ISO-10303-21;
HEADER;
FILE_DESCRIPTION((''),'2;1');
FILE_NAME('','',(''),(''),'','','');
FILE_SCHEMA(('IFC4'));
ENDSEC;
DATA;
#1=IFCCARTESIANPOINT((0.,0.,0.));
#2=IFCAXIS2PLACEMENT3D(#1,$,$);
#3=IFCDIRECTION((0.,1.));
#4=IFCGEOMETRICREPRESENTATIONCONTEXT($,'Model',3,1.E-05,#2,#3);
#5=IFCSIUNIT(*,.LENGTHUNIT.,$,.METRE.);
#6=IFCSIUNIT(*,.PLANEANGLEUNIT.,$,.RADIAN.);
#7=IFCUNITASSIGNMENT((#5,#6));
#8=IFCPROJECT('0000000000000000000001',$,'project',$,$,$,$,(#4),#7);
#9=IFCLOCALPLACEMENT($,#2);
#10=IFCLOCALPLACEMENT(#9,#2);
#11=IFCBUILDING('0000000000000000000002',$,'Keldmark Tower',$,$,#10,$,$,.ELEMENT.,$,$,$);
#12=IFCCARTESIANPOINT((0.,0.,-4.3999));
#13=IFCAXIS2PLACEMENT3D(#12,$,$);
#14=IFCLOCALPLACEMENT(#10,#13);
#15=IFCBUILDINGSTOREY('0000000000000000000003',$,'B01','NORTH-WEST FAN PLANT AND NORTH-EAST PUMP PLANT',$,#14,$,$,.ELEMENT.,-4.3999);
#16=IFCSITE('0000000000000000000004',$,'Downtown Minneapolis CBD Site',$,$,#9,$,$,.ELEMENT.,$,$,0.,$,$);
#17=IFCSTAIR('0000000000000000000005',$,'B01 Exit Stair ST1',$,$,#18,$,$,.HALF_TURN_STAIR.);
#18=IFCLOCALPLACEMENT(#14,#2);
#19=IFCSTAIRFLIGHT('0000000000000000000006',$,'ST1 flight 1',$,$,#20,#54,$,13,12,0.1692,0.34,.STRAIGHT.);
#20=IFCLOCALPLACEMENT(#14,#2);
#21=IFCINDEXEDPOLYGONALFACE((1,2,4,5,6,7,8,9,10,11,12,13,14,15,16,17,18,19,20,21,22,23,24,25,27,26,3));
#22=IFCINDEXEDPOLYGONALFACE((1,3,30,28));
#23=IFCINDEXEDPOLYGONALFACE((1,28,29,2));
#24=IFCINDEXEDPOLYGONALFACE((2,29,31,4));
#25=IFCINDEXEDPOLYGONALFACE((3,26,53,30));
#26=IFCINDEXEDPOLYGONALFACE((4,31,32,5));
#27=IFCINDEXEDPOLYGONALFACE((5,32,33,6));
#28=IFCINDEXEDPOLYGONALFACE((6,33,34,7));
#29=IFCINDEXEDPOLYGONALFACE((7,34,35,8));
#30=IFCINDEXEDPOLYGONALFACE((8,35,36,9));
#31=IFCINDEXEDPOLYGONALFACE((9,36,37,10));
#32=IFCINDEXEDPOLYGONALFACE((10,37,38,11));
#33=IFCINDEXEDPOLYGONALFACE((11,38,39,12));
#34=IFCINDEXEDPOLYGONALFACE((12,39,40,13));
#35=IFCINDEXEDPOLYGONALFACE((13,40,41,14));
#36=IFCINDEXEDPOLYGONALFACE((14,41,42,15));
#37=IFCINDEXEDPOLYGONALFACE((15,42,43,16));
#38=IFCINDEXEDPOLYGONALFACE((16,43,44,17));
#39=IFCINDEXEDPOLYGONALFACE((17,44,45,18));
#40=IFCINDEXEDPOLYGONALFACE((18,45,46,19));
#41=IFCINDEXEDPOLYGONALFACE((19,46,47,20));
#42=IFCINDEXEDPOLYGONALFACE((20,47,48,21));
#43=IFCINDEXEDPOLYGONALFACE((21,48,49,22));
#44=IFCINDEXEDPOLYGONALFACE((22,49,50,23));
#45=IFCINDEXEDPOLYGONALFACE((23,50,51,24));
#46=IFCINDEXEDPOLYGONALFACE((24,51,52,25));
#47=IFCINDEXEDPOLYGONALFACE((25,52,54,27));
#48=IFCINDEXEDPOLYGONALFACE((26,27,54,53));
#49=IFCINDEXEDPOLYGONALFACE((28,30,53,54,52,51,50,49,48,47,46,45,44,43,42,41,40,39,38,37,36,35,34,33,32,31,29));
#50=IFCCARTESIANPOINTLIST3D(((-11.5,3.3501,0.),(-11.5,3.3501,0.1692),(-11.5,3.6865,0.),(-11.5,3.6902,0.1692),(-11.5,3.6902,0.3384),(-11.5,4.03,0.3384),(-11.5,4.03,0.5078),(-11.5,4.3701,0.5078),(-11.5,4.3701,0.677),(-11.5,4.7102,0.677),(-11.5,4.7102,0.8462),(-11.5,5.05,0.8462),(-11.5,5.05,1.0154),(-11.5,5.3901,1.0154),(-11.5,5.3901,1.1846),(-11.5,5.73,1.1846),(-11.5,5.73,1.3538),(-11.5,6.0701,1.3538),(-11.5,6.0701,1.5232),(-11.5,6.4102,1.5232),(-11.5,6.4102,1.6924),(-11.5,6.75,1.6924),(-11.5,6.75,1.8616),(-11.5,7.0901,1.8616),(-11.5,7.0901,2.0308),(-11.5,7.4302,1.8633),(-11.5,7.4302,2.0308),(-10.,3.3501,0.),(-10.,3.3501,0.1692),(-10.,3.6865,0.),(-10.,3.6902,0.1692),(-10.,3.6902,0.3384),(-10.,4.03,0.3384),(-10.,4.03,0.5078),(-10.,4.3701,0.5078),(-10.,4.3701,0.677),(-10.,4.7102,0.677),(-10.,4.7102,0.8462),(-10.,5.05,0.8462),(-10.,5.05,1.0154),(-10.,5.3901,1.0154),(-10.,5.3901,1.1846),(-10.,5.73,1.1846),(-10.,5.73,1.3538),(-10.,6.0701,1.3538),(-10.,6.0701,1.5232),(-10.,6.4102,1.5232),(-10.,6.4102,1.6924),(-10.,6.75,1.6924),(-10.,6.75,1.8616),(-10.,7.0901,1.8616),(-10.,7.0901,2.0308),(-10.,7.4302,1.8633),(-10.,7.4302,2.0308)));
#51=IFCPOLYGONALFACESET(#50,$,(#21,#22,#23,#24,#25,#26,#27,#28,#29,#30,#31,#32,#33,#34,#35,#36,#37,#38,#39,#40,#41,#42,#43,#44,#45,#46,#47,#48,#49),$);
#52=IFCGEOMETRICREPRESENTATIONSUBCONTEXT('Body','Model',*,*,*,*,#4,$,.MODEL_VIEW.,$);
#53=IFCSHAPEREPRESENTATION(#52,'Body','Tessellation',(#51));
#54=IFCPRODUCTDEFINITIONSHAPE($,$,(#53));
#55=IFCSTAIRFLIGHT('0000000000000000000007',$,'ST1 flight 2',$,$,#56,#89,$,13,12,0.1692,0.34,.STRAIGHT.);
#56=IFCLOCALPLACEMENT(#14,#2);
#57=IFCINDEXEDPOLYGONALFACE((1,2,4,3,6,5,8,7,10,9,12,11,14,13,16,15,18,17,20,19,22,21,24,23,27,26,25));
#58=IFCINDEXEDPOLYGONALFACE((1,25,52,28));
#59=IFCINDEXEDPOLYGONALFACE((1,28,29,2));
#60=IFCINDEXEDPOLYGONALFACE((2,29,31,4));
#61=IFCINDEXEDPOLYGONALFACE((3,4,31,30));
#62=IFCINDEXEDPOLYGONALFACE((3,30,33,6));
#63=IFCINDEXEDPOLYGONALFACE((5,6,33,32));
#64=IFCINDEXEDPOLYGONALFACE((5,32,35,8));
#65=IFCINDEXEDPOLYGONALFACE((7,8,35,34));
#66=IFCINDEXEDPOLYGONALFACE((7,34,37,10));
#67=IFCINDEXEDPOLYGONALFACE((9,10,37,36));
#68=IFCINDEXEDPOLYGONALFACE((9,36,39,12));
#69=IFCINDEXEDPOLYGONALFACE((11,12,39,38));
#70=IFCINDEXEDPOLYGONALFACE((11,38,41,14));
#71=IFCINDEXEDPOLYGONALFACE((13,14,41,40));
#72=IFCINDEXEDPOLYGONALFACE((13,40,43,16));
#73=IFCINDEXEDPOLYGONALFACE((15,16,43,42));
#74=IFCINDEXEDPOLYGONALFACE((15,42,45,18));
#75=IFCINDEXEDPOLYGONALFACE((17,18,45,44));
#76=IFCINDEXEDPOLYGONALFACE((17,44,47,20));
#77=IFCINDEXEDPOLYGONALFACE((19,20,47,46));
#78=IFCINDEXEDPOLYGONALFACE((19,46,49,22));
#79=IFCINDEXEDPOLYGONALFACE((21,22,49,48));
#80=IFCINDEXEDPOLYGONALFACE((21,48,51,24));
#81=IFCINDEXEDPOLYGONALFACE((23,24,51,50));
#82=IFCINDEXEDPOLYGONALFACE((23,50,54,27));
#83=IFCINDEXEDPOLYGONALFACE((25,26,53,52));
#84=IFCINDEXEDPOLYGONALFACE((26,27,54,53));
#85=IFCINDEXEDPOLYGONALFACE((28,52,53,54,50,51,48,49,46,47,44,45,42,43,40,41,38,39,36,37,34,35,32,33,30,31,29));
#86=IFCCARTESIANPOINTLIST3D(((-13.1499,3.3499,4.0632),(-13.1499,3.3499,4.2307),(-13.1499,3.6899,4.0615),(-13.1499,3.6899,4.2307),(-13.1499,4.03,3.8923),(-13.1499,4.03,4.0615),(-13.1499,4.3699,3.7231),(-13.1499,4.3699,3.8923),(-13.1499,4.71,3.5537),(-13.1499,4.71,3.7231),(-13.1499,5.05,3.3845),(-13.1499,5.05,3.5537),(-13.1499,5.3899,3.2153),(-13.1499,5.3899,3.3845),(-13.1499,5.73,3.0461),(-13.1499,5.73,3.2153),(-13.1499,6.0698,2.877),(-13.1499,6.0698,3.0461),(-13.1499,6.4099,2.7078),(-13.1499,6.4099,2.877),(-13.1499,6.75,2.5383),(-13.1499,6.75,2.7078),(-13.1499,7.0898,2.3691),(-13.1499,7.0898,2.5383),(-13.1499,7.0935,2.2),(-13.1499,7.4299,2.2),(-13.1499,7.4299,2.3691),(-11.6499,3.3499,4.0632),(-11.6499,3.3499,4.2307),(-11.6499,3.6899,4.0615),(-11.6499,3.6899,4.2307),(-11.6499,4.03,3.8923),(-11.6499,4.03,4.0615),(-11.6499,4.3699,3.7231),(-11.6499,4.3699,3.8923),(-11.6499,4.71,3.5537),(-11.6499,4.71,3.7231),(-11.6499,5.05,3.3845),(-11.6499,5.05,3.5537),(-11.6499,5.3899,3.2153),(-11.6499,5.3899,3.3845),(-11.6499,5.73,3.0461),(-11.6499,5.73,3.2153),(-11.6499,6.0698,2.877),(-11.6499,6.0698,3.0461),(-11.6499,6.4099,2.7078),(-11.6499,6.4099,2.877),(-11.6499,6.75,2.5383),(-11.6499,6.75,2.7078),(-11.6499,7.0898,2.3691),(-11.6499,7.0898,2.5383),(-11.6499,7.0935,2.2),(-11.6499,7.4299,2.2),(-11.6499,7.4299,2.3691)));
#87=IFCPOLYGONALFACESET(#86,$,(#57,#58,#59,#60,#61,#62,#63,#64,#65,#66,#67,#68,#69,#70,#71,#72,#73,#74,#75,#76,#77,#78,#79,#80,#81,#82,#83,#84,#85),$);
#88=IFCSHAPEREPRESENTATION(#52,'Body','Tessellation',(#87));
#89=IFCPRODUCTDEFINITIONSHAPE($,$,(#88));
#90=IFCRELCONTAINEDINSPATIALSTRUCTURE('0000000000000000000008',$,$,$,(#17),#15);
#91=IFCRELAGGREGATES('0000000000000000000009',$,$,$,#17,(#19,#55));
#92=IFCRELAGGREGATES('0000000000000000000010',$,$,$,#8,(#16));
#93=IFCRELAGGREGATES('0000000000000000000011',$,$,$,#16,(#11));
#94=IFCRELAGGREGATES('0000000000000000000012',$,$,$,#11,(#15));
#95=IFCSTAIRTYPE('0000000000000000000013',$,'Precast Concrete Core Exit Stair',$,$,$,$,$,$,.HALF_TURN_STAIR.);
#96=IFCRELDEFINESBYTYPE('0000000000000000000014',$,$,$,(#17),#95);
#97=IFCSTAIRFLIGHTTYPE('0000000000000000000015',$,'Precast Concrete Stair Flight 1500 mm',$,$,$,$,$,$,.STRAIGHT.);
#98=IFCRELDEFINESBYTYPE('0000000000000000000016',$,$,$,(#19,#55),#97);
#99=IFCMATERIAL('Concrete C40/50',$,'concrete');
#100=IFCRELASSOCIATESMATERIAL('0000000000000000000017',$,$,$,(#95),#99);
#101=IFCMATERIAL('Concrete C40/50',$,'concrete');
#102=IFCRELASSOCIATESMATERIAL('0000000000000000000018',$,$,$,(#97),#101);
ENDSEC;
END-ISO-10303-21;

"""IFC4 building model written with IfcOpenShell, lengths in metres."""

from ifc_helpers import new_model, si_unit, direction, frame, origin, place, context, subcontext, project, spatial, polyline, outline, extrude, material, type_object, element, aggregate, save


model = new_model("IFC4")

# Units and contexts
model_context = context("Model", 3, precision=1e-05, world=origin(), true_north=direction((0.0, 1.0)))
body_context = subcontext(model_context, "Body", "Model", "MODEL_VIEW")
ifc_project = project(units=[si_unit("LENGTHUNIT", "METRE"), si_unit("PLANEANGLEUNIT", "RADIAN")], contexts=[model_context])

# Site, building, storey
site_placement = place(None, origin())
site = spatial("IfcSite", under=ifc_project, at=site_placement, Name="Downtown Minneapolis CBD Site", CompositionType="ELEMENT", RefElevation=0.0)
building_placement = place(site_placement, origin())
building = spatial("IfcBuilding", under=site, at=building_placement, Name="Keldmark Tower", CompositionType="ELEMENT")
storey_placement = place(building_placement, frame((0.0, 0.0, -4.3999)))
storey = spatial("IfcBuildingStorey", under=building, at=storey_placement, Name="B01", Description="NORTH-WEST FAN PLANT AND NORTH-EAST PUMP PLANT", CompositionType="ELEMENT", Elevation=-4.3999)

# Stair, stair flights
ifc_material_1 = material(Name="Concrete C40/50", Category="concrete")
stair_type = type_object("IfcStairType", Name="Precast Concrete Core Exit Stair", PredefinedType="HALF_TURN_STAIR", material=ifc_material_1)
stair_placement = place(storey_placement, origin())
stair = element("IfcStair", 1, at=stair_placement, inside=storey, type_object=stair_type, Name="B01 Exit Stair ST1", PredefinedType="HALF_TURN_STAIR")
ifc_material_2 = material(Name="Concrete C40/50", Category="concrete")
stair_flight_type = type_object("IfcStairFlightType", Name="Precast Concrete Stair Flight 1500 mm", PredefinedType="STRAIGHT", material=ifc_material_2)
stair_flight_1_placement = place(storey_placement, frame((-10.75, 3.3501, 0.0), z_axis=(0.0, 0.0, 1.0), x_axis=(0.0, 1.0, 0.0)))
stair_flight_1 = element("IfcStairFlight", 2, at=stair_flight_1_placement, type_object=stair_flight_type, Name="ST1 flight 1", NumberOfRisers=13, NumberOfTreads=12, PredefinedType="STRAIGHT", RiserHeight=0.1692, TreadLength=0.34, context=body_context, shape_type="SweptSolid", body=[
    extrude(outline(polyline([(0.0, 0.0), (0.0, 0.1692), (0.3401, 0.1692), (0.3401, 0.3384), (0.6799, 0.3384), (0.6799, 0.5078), (1.02, 0.5078), (1.02, 0.677), (1.3601, 0.677), (1.3601, 0.8462), (1.7, 0.8462), (1.7, 1.0154), (2.04, 1.0154), (2.04, 1.1846), (2.3799, 1.1846), (2.3799, 1.3538), (2.72, 1.3538), (2.72, 1.5232), (3.0601, 1.5232), (3.0601, 1.6924), (3.3999, 1.6924), (3.3999, 1.8616), (3.74, 1.8616), (3.74, 2.0308), (4.0801, 2.0308), (4.0801, 2.2), (4.0801, 1.8633), (0.3364, 0.0), (0.0, 0.0)])), frame((0.0, 0.75, 0.0), z_axis=(0.0, -1.0, 0.0), x_axis=(1.0, 0.0, 0.0)), (0.0, 0.0, 1.0), 1.5),
])
stair_flight_2_placement = place(storey_placement, frame((-12.3999, 7.4299, 2.2), z_axis=(0.0, 0.0, 1.0), x_axis=(0.0, -1.0, 0.0)))
stair_flight_2 = element("IfcStairFlight", 3, at=stair_flight_2_placement, type_object=stair_flight_type, Name="ST1 flight 2", NumberOfRisers=13, NumberOfTreads=12, PredefinedType="STRAIGHT", RiserHeight=0.1692, TreadLength=0.34, context=body_context, shape_type="SweptSolid", body=[
    extrude(outline(polyline([(0.0, 0.0), (0.0, 0.1692), (0.3401, 0.1692), (0.3401, 0.3384), (0.6799, 0.3384), (0.6799, 0.5078), (1.02, 0.5078), (1.02, 0.677), (1.3601, 0.677), (1.3601, 0.8462), (1.7, 0.8462), (1.7, 1.0154), (2.04, 1.0154), (2.04, 1.1846), (2.3799, 1.1846), (2.3799, 1.3538), (2.72, 1.3538), (2.72, 1.5232), (3.0601, 1.5232), (3.0601, 1.6924), (3.3999, 1.6924), (3.3999, 1.8616), (3.74, 1.8616), (3.74, 2.0308), (4.0801, 2.0308), (4.0801, 2.2), (4.0801, 1.8633), (0.3364, 0.0), (0.0, 0.0)])), frame((0.0, 0.75, 0.0), z_axis=(0.0, -1.0, 0.0), x_axis=(1.0, 0.0, 0.0)), (0.0, 0.0, 1.0), 1.5),
])
aggregate(stair, [stair_flight_1, stair_flight_2])

save(model, "model.ifc")
